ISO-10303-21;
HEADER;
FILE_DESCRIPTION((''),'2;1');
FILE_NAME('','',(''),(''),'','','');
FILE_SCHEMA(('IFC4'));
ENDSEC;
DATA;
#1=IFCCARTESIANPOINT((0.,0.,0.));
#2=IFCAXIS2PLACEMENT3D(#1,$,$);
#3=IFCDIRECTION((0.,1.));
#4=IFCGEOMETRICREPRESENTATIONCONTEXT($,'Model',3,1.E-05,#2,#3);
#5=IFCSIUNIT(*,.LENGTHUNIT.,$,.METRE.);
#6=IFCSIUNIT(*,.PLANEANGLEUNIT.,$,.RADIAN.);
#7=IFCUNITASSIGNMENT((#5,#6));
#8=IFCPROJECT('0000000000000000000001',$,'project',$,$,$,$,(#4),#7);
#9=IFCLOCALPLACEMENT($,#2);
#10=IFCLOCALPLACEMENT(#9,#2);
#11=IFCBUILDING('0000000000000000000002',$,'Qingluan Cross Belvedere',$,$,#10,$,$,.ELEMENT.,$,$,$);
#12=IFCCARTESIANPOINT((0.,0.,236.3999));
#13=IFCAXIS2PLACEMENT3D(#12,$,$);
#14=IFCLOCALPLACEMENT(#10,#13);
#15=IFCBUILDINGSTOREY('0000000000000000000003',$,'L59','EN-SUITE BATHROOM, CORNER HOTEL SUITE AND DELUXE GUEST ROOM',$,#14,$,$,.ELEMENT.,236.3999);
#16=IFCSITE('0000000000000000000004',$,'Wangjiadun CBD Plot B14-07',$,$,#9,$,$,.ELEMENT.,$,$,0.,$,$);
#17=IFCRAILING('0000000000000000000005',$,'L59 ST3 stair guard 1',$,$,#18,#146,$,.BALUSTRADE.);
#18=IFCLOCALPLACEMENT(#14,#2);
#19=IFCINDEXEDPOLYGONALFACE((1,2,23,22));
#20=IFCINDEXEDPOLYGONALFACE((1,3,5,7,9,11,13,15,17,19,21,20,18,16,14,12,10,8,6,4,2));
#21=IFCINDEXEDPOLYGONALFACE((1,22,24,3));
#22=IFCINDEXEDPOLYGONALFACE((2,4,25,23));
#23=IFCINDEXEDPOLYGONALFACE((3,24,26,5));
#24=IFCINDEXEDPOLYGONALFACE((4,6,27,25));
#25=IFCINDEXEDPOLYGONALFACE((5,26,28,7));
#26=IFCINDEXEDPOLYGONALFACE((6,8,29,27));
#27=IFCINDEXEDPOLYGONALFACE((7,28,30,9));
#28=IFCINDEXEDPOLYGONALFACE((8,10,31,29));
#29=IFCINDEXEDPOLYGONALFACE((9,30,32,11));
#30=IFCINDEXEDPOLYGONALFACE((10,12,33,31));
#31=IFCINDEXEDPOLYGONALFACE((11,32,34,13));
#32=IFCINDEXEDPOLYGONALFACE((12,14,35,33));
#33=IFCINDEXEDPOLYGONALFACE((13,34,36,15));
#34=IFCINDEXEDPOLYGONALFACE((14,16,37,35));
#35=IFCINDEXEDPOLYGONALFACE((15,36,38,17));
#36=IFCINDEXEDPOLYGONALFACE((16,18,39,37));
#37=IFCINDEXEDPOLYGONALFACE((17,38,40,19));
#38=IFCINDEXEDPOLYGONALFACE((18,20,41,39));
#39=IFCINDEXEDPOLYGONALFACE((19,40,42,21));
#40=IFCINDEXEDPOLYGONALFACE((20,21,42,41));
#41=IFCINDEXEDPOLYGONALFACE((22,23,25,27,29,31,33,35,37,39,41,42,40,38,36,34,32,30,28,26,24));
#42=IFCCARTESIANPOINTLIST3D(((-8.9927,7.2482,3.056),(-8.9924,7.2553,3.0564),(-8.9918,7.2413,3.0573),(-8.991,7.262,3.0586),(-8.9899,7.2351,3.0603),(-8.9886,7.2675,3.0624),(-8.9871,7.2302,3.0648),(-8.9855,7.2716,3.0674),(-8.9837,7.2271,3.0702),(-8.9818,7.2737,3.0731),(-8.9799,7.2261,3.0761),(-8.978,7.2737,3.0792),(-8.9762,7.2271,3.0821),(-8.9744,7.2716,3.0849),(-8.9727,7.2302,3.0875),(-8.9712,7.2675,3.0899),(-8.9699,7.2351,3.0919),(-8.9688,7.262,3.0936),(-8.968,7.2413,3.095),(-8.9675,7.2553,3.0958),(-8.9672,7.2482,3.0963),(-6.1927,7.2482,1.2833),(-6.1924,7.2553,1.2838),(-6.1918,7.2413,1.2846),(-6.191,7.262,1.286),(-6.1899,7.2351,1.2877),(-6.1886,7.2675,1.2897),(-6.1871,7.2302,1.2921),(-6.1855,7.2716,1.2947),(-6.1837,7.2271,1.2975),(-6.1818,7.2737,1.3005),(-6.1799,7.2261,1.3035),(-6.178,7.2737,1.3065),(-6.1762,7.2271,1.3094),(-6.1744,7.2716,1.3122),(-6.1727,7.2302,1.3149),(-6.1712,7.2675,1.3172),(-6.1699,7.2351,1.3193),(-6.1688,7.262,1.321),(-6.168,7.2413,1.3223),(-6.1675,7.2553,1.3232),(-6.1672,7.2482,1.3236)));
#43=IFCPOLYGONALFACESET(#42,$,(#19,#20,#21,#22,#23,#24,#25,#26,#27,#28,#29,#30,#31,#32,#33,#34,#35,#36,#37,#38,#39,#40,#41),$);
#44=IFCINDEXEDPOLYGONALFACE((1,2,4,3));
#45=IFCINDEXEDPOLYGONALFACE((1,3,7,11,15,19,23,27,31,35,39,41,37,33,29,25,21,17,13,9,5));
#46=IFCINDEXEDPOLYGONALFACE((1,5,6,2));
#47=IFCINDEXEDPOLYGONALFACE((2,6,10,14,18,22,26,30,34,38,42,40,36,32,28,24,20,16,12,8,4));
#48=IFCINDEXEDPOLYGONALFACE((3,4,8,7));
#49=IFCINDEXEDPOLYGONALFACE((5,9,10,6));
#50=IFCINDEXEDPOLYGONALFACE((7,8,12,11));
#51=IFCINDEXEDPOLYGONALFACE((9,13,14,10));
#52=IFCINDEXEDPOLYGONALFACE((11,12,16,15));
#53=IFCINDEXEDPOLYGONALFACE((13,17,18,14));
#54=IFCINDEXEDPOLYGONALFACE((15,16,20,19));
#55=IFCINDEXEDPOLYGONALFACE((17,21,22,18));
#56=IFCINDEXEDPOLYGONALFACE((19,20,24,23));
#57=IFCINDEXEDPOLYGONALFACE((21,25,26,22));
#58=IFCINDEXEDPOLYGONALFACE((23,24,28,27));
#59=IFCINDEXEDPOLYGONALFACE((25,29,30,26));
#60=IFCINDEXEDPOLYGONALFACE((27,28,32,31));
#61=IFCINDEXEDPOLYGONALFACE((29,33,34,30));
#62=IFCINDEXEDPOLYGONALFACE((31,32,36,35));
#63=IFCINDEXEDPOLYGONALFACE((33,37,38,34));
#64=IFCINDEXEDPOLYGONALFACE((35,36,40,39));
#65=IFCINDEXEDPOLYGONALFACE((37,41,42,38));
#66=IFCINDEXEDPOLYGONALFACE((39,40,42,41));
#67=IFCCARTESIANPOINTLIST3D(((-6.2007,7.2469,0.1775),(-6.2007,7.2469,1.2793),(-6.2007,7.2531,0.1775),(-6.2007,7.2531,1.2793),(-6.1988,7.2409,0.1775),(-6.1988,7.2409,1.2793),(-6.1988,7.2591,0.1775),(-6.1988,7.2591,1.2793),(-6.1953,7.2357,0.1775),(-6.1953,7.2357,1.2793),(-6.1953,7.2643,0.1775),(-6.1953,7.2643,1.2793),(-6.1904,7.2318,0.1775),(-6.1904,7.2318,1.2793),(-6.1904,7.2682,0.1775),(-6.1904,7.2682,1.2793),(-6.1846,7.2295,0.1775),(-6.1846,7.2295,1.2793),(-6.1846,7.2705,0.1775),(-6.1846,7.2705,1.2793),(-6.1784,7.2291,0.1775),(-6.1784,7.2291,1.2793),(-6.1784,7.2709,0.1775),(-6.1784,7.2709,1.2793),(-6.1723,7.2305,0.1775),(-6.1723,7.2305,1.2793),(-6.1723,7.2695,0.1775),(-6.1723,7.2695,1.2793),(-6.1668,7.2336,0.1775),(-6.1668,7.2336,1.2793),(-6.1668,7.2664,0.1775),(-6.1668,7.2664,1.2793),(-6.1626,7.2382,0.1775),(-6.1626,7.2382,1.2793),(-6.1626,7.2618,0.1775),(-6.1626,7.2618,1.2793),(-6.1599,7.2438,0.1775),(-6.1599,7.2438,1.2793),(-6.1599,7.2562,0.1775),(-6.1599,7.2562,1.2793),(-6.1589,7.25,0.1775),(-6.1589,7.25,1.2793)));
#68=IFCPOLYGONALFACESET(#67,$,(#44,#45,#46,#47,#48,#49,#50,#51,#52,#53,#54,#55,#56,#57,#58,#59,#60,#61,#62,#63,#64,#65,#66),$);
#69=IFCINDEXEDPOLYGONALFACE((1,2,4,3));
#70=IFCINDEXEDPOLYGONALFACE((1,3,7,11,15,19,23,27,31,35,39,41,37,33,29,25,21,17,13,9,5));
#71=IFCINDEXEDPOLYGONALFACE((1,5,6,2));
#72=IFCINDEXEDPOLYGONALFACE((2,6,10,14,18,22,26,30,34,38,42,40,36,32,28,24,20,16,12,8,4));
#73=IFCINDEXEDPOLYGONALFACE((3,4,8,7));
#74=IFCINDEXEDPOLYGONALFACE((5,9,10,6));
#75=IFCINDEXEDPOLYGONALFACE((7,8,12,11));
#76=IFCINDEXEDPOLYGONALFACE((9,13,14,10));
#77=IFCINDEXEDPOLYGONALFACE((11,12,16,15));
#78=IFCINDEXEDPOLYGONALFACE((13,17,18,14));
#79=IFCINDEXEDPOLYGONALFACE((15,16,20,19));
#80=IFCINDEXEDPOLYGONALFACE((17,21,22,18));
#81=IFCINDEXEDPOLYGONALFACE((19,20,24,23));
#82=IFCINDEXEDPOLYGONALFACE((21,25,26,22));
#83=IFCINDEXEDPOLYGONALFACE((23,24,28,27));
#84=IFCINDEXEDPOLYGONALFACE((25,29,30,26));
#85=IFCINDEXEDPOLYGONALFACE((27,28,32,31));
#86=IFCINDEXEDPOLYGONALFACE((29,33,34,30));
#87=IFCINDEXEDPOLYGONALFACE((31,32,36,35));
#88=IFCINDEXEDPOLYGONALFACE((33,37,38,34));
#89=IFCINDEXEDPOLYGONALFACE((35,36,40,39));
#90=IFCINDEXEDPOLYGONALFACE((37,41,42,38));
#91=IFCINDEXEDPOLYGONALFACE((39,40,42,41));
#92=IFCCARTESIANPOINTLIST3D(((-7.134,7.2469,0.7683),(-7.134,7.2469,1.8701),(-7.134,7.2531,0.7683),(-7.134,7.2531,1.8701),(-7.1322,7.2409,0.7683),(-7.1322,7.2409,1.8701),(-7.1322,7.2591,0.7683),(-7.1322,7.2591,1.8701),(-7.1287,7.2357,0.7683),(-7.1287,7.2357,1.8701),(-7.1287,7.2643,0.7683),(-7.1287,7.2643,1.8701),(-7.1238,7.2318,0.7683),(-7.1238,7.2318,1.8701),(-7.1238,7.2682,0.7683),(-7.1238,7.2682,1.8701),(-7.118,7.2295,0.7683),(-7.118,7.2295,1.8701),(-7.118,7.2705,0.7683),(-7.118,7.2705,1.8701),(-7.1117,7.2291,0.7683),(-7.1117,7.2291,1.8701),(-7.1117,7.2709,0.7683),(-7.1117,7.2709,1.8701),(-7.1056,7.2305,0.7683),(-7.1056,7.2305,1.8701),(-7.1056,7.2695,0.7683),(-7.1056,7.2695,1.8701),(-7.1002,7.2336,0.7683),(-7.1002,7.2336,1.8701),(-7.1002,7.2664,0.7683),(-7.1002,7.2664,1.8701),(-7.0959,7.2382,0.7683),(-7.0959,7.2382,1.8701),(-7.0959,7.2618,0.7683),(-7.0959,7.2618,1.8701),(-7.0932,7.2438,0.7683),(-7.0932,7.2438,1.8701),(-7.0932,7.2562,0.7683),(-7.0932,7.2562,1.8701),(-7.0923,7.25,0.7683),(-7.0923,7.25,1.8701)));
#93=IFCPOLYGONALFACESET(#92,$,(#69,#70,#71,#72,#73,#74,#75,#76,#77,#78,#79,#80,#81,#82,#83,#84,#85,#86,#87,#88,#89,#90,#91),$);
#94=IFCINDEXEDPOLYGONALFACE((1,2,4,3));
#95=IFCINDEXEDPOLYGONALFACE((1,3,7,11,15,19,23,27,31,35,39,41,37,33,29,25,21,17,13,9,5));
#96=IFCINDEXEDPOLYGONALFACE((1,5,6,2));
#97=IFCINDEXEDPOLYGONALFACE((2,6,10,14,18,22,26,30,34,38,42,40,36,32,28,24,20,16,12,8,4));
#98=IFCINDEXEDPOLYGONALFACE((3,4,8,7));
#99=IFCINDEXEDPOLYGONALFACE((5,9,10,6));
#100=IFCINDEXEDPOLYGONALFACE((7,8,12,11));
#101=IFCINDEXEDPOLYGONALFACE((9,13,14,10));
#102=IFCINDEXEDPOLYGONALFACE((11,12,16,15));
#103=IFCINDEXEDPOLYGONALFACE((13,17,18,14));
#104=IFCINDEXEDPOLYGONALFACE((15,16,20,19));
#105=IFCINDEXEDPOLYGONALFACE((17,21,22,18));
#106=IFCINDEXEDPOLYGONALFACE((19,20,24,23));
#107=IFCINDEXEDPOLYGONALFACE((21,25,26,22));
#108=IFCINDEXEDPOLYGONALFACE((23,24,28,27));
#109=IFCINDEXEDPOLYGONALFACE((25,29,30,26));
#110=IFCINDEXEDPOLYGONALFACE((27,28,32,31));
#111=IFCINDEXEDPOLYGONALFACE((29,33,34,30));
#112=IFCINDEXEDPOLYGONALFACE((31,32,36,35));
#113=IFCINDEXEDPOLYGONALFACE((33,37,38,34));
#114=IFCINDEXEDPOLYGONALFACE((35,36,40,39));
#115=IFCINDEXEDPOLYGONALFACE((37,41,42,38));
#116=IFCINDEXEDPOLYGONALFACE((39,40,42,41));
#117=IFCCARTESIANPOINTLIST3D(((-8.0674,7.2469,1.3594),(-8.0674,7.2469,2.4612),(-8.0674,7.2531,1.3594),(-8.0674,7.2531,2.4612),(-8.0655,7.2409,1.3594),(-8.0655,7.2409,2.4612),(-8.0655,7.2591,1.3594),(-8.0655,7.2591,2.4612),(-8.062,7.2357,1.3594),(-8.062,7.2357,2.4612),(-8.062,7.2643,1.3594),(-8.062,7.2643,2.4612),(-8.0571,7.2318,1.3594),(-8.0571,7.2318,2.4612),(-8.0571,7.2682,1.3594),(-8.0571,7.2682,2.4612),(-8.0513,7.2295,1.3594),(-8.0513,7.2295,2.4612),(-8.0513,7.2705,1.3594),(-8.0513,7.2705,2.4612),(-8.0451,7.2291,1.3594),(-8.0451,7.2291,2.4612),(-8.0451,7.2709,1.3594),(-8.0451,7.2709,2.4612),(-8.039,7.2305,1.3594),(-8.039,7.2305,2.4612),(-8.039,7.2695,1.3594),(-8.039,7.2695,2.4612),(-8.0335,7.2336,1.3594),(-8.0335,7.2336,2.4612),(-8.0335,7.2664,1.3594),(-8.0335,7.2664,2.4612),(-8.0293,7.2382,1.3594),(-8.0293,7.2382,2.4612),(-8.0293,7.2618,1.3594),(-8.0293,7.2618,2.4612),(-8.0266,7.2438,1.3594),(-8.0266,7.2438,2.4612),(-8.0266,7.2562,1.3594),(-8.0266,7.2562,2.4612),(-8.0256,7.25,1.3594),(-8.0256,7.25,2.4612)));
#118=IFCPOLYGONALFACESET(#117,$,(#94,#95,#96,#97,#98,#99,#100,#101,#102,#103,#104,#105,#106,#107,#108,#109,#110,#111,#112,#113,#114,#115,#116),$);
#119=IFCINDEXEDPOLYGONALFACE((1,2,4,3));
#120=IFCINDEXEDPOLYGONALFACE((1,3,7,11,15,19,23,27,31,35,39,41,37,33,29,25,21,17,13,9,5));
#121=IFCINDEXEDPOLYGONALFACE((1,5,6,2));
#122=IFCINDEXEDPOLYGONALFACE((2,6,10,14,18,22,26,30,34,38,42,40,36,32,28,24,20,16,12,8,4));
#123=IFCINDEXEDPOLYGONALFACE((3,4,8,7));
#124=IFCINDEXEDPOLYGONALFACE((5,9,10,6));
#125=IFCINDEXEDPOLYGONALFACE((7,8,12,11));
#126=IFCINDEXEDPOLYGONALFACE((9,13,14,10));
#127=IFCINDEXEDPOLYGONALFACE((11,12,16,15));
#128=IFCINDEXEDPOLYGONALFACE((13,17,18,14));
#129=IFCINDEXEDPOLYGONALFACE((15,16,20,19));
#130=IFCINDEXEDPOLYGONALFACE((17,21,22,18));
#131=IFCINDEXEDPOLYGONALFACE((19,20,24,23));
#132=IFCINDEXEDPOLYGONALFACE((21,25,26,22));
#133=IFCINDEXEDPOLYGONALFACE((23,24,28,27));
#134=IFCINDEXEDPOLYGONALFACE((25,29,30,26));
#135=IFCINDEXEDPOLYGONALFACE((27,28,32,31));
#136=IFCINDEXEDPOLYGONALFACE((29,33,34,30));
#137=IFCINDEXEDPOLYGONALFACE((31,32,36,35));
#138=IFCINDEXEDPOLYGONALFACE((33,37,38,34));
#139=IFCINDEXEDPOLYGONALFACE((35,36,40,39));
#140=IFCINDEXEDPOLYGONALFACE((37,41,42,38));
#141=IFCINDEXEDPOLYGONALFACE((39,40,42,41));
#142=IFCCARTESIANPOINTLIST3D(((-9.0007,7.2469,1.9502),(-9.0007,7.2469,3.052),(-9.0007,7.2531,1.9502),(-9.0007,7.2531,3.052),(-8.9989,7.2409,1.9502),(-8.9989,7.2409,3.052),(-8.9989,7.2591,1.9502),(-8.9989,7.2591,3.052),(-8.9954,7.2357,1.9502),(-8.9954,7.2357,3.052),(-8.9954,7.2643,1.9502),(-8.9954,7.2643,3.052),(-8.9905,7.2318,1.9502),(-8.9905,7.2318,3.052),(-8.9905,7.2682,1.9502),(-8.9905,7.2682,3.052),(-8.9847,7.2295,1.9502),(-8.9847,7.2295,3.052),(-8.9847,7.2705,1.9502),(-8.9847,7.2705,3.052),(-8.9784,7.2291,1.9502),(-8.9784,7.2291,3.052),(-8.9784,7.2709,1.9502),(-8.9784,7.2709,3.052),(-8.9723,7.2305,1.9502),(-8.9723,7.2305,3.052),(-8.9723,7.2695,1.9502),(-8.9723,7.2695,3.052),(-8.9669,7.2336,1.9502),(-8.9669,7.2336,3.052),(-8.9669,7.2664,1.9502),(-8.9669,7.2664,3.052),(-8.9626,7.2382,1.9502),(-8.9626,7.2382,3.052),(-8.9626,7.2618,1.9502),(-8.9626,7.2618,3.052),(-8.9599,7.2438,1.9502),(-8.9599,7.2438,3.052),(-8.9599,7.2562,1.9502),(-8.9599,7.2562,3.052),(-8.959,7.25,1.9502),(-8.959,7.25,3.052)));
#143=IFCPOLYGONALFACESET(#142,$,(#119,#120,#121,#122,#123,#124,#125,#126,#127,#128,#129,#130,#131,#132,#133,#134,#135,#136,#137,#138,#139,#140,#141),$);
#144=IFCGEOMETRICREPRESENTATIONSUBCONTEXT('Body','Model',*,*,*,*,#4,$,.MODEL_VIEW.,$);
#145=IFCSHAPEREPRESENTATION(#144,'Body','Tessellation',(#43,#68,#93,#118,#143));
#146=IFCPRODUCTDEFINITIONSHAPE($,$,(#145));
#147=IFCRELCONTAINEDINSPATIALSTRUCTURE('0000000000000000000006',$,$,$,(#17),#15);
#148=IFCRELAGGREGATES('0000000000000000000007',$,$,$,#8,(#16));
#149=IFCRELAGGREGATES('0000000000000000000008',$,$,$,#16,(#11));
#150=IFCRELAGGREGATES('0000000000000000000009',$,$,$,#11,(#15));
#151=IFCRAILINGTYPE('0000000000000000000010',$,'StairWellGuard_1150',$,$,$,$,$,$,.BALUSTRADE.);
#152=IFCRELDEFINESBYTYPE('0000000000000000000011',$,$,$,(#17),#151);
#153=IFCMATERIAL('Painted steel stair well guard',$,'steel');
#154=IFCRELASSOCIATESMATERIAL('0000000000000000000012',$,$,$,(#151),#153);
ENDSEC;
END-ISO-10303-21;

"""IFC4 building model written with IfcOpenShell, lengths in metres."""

from ifc_helpers import new_model, si_unit, direction, frame, origin, origin_2d, place, context, subcontext, project, spatial, circle, extrude, material, type_object, element, save


model = new_model("IFC4")

# Units and contexts
model_context = context("Model", 3, precision=1e-05, world=origin(), true_north=direction((0.0, 1.0)))
body_context = subcontext(model_context, "Body", "Model", "MODEL_VIEW")
ifc_project = project(units=[si_unit("LENGTHUNIT", "METRE"), si_unit("PLANEANGLEUNIT", "RADIAN")], contexts=[model_context])

# Site, building, storey
site_placement = place(None, origin())
site = spatial("IfcSite", under=ifc_project, at=site_placement, Name="Wangjiadun CBD Plot B14-07", CompositionType="ELEMENT", RefElevation=0.0)
building_placement = place(site_placement, origin())
building = spatial("IfcBuilding", under=site, at=building_placement, Name="Qingluan Cross Belvedere", CompositionType="ELEMENT")
storey_placement = place(building_placement, frame((0.0, 0.0, 236.3999)))
storey = spatial("IfcBuildingStorey", under=building, at=storey_placement, Name="L59", Description="EN-SUITE BATHROOM, CORNER HOTEL SUITE AND DELUXE GUEST ROOM", CompositionType="ELEMENT", Elevation=236.3999)

# Railing
ifc_material_1 = material(Name="Painted steel stair well guard", Category="steel")
railing_type_1 = type_object("IfcRailingType", Name="StairWellGuard_1150", PredefinedType="BALUSTRADE", material=ifc_material_1)
railing_1_placement = place(storey_placement, frame((-6.1799, 7.25, 0.1775)))
element("IfcRailing", 1, at=railing_1_placement, inside=storey, type_object=railing_type_1, Name="L59 ST3 stair guard 1", PredefinedType="BALUSTRADE", context=body_context, shape_type="SweptSolid", body=[
    extrude(circle(Radius=0.0239, at=origin_2d()), frame((0.0, 0.0, 1.126), z_axis=(-0.844909, 0.0, 0.53491), x_axis=(0.0, -1.0, 0.0)), (0.0, 0.0, 1.0), 3.314),
    extrude(circle(Radius=0.021, at=origin_2d()), origin(), (0.0, 0.0, 1.0), 1.1018),
    extrude(circle(Radius=0.021, at=origin_2d()), frame((-0.9333, 0.0, 0.5908)), (0.0, 0.0, 1.0), 1.1018),
    extrude(circle(Radius=0.021, at=origin_2d()), frame((-1.8667, 0.0, 1.1819)), (0.0, 0.0, 1.0), 1.1018),
    extrude(circle(Radius=0.021, at=origin_2d()), frame((-2.8, 0.0, 1.7727)), (0.0, 0.0, 1.0), 1.1018),
])

save(model, "model.ifc")
